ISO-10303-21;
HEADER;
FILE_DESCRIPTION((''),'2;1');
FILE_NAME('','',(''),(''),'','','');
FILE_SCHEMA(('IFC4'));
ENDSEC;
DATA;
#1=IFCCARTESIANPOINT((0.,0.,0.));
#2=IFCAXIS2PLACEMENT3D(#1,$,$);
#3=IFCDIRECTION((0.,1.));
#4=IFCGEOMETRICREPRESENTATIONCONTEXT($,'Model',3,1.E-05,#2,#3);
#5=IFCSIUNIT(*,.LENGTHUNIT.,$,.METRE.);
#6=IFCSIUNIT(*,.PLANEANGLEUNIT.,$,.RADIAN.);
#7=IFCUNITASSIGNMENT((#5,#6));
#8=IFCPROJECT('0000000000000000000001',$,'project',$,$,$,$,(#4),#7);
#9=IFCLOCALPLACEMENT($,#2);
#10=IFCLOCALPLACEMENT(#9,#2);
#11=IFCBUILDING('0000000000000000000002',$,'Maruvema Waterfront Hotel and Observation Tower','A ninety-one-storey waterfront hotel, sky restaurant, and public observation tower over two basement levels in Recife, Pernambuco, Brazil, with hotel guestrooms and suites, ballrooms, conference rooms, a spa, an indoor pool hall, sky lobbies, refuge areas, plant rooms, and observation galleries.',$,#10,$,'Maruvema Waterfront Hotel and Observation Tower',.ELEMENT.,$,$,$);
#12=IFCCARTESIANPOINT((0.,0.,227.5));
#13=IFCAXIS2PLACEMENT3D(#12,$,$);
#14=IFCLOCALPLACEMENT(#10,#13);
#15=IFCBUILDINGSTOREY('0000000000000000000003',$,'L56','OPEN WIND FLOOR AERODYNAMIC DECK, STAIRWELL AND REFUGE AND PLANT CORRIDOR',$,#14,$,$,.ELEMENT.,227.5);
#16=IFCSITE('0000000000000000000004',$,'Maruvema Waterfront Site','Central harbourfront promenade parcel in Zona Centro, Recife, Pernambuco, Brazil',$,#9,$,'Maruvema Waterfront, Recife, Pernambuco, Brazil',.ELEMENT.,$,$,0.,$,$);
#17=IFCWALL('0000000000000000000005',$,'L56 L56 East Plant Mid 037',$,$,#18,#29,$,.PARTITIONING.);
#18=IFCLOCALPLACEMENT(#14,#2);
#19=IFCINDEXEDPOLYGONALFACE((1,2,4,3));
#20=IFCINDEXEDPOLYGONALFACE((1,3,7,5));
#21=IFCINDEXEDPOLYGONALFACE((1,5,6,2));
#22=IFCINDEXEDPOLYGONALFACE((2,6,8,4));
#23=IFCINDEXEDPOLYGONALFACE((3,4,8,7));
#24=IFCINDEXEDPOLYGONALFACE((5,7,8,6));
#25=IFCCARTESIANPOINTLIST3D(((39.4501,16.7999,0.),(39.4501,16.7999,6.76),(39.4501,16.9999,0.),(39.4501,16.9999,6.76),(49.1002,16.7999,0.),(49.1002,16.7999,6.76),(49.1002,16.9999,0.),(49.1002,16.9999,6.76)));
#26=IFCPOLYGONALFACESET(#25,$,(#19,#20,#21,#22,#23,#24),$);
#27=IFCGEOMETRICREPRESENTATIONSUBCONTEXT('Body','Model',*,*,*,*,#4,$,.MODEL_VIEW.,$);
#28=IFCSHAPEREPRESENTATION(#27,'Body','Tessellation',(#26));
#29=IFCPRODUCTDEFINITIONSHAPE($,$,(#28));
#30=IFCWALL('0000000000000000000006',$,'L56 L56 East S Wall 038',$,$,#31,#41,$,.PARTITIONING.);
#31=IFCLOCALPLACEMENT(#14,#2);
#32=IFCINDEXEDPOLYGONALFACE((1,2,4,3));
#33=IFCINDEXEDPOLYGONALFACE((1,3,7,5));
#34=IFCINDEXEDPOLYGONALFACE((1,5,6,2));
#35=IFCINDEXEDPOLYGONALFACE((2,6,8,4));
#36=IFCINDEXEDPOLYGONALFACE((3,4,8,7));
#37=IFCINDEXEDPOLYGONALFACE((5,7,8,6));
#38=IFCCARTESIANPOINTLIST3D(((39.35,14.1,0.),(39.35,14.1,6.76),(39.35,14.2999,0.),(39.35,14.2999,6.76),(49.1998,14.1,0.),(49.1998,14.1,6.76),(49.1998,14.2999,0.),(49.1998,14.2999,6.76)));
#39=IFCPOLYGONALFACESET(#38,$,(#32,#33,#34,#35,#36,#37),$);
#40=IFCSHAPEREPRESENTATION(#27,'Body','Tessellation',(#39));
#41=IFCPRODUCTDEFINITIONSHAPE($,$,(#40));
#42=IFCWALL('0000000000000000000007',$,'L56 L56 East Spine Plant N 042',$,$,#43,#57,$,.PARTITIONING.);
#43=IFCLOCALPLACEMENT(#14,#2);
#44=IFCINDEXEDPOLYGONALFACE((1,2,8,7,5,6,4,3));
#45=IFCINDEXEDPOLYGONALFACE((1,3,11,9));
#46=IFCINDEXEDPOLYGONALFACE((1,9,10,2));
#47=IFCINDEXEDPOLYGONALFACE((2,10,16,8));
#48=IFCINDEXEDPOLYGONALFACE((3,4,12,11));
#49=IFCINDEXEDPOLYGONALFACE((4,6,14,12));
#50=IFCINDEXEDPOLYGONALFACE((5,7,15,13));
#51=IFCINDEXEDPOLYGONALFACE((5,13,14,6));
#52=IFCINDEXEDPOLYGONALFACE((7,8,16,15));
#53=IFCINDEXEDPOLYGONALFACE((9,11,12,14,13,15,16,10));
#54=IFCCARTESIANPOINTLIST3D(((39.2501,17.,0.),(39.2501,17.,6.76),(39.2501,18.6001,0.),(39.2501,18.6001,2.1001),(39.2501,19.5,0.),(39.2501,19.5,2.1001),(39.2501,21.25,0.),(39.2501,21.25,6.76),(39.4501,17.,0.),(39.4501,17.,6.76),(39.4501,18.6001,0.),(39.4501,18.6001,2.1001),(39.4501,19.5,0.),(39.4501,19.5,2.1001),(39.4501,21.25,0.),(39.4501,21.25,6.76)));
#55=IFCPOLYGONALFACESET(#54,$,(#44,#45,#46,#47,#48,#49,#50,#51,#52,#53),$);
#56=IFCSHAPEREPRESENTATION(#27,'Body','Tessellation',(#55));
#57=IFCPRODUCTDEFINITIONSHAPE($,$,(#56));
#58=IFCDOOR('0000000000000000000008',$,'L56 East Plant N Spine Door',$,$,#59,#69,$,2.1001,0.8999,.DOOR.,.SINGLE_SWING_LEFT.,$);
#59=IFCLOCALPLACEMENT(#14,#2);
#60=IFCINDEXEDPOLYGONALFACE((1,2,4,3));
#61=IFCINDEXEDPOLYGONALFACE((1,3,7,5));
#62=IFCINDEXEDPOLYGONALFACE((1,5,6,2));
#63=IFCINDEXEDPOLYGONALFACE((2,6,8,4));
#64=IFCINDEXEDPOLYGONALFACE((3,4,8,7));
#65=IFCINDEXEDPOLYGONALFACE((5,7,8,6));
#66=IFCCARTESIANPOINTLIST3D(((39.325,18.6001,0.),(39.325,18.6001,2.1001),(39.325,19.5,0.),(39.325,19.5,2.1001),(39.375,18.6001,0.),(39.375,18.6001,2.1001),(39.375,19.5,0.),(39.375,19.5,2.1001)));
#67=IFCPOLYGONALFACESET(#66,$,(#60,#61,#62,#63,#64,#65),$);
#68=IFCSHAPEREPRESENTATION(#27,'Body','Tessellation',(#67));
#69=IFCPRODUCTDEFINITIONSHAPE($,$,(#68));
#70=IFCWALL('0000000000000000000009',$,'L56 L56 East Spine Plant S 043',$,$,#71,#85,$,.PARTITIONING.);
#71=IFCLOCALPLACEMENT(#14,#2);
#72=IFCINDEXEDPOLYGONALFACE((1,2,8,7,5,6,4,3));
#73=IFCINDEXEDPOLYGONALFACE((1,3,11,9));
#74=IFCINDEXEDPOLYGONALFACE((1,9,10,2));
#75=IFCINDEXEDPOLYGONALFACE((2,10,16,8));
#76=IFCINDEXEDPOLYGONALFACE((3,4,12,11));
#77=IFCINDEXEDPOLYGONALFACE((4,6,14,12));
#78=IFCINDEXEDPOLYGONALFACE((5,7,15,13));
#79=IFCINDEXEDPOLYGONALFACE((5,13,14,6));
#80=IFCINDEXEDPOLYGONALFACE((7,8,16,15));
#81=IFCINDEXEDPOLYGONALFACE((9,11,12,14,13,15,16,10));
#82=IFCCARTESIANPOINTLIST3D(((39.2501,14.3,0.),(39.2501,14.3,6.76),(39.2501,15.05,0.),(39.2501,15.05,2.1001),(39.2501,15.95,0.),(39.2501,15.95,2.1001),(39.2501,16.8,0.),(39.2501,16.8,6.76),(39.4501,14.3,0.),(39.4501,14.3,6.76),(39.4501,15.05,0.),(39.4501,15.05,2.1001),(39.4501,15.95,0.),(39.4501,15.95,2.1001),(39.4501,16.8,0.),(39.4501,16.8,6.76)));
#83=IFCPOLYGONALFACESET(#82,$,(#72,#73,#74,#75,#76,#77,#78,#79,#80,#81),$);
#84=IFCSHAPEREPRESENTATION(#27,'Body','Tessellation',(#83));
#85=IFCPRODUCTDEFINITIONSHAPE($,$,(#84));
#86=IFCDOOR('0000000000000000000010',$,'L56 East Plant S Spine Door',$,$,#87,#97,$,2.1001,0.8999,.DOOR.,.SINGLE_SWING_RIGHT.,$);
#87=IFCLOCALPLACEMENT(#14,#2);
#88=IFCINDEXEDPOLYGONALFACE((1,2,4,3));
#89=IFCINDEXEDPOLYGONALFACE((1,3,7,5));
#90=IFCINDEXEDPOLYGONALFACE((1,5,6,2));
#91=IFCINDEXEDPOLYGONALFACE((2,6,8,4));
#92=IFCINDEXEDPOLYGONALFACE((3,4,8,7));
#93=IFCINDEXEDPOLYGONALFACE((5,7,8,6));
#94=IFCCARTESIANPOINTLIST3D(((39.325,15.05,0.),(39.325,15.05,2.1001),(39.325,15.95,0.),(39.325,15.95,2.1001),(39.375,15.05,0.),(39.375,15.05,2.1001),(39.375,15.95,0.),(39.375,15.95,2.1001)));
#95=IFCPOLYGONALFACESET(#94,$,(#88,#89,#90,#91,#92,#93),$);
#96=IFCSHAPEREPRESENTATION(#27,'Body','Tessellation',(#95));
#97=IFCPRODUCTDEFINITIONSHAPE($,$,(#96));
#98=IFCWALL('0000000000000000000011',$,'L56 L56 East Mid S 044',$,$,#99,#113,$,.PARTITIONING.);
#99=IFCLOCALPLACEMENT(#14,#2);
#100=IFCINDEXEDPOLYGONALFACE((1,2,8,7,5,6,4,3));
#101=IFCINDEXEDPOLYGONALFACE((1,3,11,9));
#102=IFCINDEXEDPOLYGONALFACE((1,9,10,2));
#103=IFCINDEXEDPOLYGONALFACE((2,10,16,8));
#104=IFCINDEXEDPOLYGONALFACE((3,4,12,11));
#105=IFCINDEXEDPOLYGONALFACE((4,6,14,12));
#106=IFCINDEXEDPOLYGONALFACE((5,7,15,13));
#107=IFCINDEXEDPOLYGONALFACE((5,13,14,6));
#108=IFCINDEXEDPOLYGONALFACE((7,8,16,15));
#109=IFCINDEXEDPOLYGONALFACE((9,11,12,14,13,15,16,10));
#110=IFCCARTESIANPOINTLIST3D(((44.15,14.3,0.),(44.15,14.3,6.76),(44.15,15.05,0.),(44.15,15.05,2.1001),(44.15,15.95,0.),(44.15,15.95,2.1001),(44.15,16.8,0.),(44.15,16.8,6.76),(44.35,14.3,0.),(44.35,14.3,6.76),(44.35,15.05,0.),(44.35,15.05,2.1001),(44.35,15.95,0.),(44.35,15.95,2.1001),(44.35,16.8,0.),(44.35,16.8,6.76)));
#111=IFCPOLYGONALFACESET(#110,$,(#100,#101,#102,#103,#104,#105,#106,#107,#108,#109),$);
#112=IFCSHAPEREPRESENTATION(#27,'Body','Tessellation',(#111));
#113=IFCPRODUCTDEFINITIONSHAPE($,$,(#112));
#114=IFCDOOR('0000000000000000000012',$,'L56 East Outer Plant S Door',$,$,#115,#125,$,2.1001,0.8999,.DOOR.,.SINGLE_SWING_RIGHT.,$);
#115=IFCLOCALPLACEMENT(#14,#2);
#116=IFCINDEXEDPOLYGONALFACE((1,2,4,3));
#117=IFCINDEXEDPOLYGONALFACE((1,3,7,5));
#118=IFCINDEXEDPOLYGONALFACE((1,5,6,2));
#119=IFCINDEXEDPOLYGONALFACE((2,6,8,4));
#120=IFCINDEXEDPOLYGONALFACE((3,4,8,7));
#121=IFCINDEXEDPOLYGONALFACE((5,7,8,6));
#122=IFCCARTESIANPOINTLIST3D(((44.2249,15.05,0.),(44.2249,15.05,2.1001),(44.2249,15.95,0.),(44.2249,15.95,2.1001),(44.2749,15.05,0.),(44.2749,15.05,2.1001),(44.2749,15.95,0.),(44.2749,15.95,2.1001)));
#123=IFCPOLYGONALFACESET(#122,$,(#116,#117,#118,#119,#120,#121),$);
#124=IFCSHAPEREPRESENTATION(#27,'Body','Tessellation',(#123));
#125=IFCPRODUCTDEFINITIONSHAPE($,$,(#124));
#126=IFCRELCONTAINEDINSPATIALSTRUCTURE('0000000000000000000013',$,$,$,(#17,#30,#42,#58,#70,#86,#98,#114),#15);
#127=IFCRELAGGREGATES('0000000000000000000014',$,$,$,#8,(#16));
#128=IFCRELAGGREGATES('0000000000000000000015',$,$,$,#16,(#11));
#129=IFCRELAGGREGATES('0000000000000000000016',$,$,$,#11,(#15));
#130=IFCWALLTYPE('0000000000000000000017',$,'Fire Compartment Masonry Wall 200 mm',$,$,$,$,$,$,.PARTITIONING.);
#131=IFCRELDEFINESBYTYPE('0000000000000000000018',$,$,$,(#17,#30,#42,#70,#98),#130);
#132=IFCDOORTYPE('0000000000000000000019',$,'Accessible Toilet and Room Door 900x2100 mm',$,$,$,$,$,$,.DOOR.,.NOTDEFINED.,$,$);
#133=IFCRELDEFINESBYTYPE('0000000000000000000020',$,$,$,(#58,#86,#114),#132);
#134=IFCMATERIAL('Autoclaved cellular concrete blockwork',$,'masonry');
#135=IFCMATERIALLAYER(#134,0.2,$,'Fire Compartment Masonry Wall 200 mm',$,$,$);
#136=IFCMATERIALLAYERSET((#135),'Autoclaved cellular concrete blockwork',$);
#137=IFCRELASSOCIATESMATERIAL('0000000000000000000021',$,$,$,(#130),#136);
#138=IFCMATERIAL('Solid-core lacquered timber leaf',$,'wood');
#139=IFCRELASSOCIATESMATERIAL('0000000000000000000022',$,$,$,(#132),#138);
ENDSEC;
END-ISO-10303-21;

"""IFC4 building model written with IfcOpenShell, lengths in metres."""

from ifc_helpers import new_model, si_unit, direction, frame, frame_2d, origin, place, context, subcontext, project, spatial, rectangle, extrude, material, layer, layer_set, type_object, element, fill, save


model = new_model("IFC4")

# Units and contexts
model_context = context("Model", 3, precision=1e-05, world=origin(), true_north=direction((0.0, 1.0)))
body_context = subcontext(model_context, "Body", "Model", "MODEL_VIEW")
ifc_project = project(units=[si_unit("LENGTHUNIT", "METRE"), si_unit("PLANEANGLEUNIT", "RADIAN")], contexts=[model_context])

# Site, building, storey
site_placement = place(None, origin())
site = spatial("IfcSite", under=ifc_project, at=site_placement, Name="Maruvema Waterfront Site", Description="Central harbourfront promenade parcel in Zona Centro, Recife, Pernambuco, Brazil", LongName="Maruvema Waterfront, Recife, Pernambuco, Brazil", CompositionType="ELEMENT", RefElevation=0.0)
building_placement = place(site_placement, origin())
building = spatial("IfcBuilding", under=site, at=building_placement, Name="Maruvema Waterfront Hotel and Observation Tower", Description="A ninety-one-storey waterfront hotel, sky restaurant, and public observation tower over two basement levels in Recife, Pernambuco, Brazil, with hotel guestrooms and suites, ballrooms, conference rooms, a spa, an indoor pool hall, sky lobbies, refuge areas, plant rooms, and observation galleries.", LongName="Maruvema Waterfront Hotel and Observation Tower", CompositionType="ELEMENT")
storey_placement = place(building_placement, frame((0.0, 0.0, 227.5)))
storey = spatial("IfcBuildingStorey", under=building, at=storey_placement, Name="L56", Description="OPEN WIND FLOOR AERODYNAMIC DECK, STAIRWELL AND REFUGE AND PLANT CORRIDOR", CompositionType="ELEMENT", Elevation=227.5)

# Shared definitions
ifc_material_1 = material(Name="Autoclaved cellular concrete blockwork", Category="masonry")
ifc_layer_1 = layer(ifc_material_1, 0.2, Name="Fire Compartment Masonry Wall 200 mm")
ifc_layer_set_1 = layer_set([ifc_layer_1], Name="Autoclaved cellular concrete blockwork")
wall_type = type_object("IfcWallType", Name="Fire Compartment Masonry Wall 200 mm", PredefinedType="PARTITIONING", material=ifc_layer_set_1)
ifc_material_2 = material(Name="Solid-core lacquered timber leaf", Category="wood")
door_type_1 = type_object("IfcDoorType", Name="Accessible Toilet and Room Door 900x2100 mm", OperationType="NOTDEFINED", PredefinedType="DOOR", material=ifc_material_2)

# Walls
wall_1_placement = place(storey_placement, frame((39.45, 16.8999, 0.0), z_axis=(0.0, 0.0, 1.0), x_axis=(1.0, 0.0, 0.0)))
element("IfcWall", 1, at=wall_1_placement, inside=storey, type_object=wall_type, Name="L56 L56 East Plant Mid 037", PredefinedType="PARTITIONING", context=body_context, shape_type="SweptSolid", body=[
    extrude(rectangle(XDim=9.6501, YDim=0.2, at=frame_2d((4.8252, 0.0))), origin(), (0.0, 0.0, 1.0), 6.76),
])
wall_2_placement = place(storey_placement, frame((39.3501, 14.2, 0.0), z_axis=(0.0, 0.0, 1.0), x_axis=(1.0, 0.0, 0.0)))
element("IfcWall", 2, at=wall_2_placement, inside=storey, type_object=wall_type, Name="L56 L56 East S Wall 038", PredefinedType="PARTITIONING", context=body_context, shape_type="SweptSolid", body=[
    extrude(rectangle(XDim=9.8499, YDim=0.2, at=frame_2d((4.9248, 0.0))), origin(), (0.0, 0.0, 1.0), 6.76),
])

# Walls, openings, doors
wall_3_placement = place(storey_placement, frame((39.3501, 17.0, 0.0), z_axis=(0.0, 0.0, 1.0), x_axis=(0.0, 1.0, 0.0)))
wall_3 = element("IfcWall", 3, at=wall_3_placement, inside=storey, type_object=wall_type, Name="L56 L56 East Spine Plant N 042", PredefinedType="PARTITIONING", context=body_context, shape_type="SweptSolid", body=[
    extrude(rectangle(XDim=4.25, YDim=0.2, at=frame_2d((2.125, 0.0))), origin(), (0.0, 0.0, 1.0), 6.76),
])
opening_1_placement = place(wall_3_placement, frame((1.6001, 0.0, 0.0)))
opening_1 = element("IfcOpeningElement", 4, at=opening_1_placement, cuts=wall_3, PredefinedType="OPENING", context=body_context, shape_type="SweptSolid", body=[
    extrude(rectangle(XDim=0.8999, YDim=2.1001, at=frame_2d((0.45, 1.05))), frame((0.0, 0.1099, 0.0), z_axis=(0.0, -1.0, 0.0), x_axis=(1.0, 0.0, 0.0)), (0.0, 0.0, 1.0), 0.22),
])
door_1_placement = place(opening_1_placement, frame((0.8999, 0.0, 0.0), z_axis=(0.0, 0.0, 1.0), x_axis=(-1.0, 0.0, 0.0)))
door_1 = element("IfcDoor", 5, at=door_1_placement, inside=storey, type_object=door_type_1, Name="L56 East Plant N Spine Door", OperationType="SINGLE_SWING_LEFT", OverallHeight=2.1001, OverallWidth=0.8999, PredefinedType="DOOR", context=body_context, shape_type="SweptSolid", body=[
    extrude(rectangle(XDim=0.8999, YDim=2.1001, at=frame_2d((0.45, 1.05))), frame((0.0, 0.0249, 0.0), z_axis=(0.0, -1.0, 0.0), x_axis=(1.0, 0.0, 0.0)), (0.0, 0.0, 1.0), 0.05),
])
fill(opening_1, door_1)
wall_4_placement = place(storey_placement, frame((39.3501, 14.3, 0.0), z_axis=(0.0, 0.0, 1.0), x_axis=(0.0, 1.0, 0.0)))
wall_4 = element("IfcWall", 6, at=wall_4_placement, inside=storey, type_object=wall_type, Name="L56 L56 East Spine Plant S 043", PredefinedType="PARTITIONING", context=body_context, shape_type="SweptSolid", body=[
    extrude(rectangle(XDim=2.5, YDim=0.2, at=frame_2d((1.25, 0.0))), origin(), (0.0, 0.0, 1.0), 6.76),
])
opening_2_placement = place(wall_4_placement, frame((0.75, 0.0, 0.0)))
opening_2 = element("IfcOpeningElement", 7, at=opening_2_placement, cuts=wall_4, PredefinedType="OPENING", context=body_context, shape_type="SweptSolid", body=[
    extrude(rectangle(XDim=0.8999, YDim=2.1001, at=frame_2d((0.45, 1.05))), frame((0.0, 0.1099, 0.0), z_axis=(0.0, -1.0, 0.0), x_axis=(1.0, 0.0, 0.0)), (0.0, 0.0, 1.0), 0.22),
])
door_2_placement = place(opening_2_placement, frame((0.8999, 0.0, 0.0), z_axis=(0.0, 0.0, 1.0), x_axis=(-1.0, 0.0, 0.0)))
door_2 = element("IfcDoor", 8, at=door_2_placement, inside=storey, type_object=door_type_1, Name="L56 East Plant S Spine Door", OperationType="SINGLE_SWING_RIGHT", OverallHeight=2.1001, OverallWidth=0.8999, PredefinedType="DOOR", context=body_context, shape_type="SweptSolid", body=[
    extrude(rectangle(XDim=0.8999, YDim=2.1001, at=frame_2d((0.45, 1.05))), frame((0.0, 0.0249, 0.0), z_axis=(0.0, -1.0, 0.0), x_axis=(1.0, 0.0, 0.0)), (0.0, 0.0, 1.0), 0.05),
])
fill(opening_2, door_2)
wall_5_placement = place(storey_placement, frame((44.25, 14.3, 0.0), z_axis=(0.0, 0.0, 1.0), x_axis=(0.0, 1.0, 0.0)))
wall_5 = element("IfcWall", 9, at=wall_5_placement, inside=storey, type_object=wall_type, Name="L56 L56 East Mid S 044", PredefinedType="PARTITIONING", context=body_context, shape_type="SweptSolid", body=[
    extrude(rectangle(XDim=2.5, YDim=0.2, at=frame_2d((1.25, 0.0))), origin(), (0.0, 0.0, 1.0), 6.76),
])
opening_3_placement = place(wall_5_placement, frame((0.75, 0.0, 0.0)))
opening_3 = element("IfcOpeningElement", 10, at=opening_3_placement, cuts=wall_5, PredefinedType="OPENING", context=body_context, shape_type="SweptSolid", body=[
    extrude(rectangle(XDim=0.8999, YDim=2.1001, at=frame_2d((0.45, 1.05))), frame((0.0, 0.1099, 0.0), z_axis=(0.0, -1.0, 0.0), x_axis=(1.0, 0.0, 0.0)), (0.0, 0.0, 1.0), 0.22),
])
door_3_placement = place(opening_3_placement, frame((0.8999, 0.0, 0.0), z_axis=(0.0, 0.0, 1.0), x_axis=(-1.0, 0.0, 0.0)))
door_3 = element("IfcDoor", 11, at=door_3_placement, inside=storey, type_object=door_type_1, Name="L56 East Outer Plant S Door", OperationType="SINGLE_SWING_RIGHT", OverallHeight=2.1001, OverallWidth=0.8999, PredefinedType="DOOR", context=body_context, shape_type="SweptSolid", body=[
    extrude(rectangle(XDim=0.8999, YDim=2.1001, at=frame_2d((0.45, 1.05))), frame((0.0, 0.0249, 0.0), z_axis=(0.0, -1.0, 0.0), x_axis=(1.0, 0.0, 0.0)), (0.0, 0.0, 1.0), 0.05),
])
fill(opening_3, door_3)

save(model, "model.ifc")
